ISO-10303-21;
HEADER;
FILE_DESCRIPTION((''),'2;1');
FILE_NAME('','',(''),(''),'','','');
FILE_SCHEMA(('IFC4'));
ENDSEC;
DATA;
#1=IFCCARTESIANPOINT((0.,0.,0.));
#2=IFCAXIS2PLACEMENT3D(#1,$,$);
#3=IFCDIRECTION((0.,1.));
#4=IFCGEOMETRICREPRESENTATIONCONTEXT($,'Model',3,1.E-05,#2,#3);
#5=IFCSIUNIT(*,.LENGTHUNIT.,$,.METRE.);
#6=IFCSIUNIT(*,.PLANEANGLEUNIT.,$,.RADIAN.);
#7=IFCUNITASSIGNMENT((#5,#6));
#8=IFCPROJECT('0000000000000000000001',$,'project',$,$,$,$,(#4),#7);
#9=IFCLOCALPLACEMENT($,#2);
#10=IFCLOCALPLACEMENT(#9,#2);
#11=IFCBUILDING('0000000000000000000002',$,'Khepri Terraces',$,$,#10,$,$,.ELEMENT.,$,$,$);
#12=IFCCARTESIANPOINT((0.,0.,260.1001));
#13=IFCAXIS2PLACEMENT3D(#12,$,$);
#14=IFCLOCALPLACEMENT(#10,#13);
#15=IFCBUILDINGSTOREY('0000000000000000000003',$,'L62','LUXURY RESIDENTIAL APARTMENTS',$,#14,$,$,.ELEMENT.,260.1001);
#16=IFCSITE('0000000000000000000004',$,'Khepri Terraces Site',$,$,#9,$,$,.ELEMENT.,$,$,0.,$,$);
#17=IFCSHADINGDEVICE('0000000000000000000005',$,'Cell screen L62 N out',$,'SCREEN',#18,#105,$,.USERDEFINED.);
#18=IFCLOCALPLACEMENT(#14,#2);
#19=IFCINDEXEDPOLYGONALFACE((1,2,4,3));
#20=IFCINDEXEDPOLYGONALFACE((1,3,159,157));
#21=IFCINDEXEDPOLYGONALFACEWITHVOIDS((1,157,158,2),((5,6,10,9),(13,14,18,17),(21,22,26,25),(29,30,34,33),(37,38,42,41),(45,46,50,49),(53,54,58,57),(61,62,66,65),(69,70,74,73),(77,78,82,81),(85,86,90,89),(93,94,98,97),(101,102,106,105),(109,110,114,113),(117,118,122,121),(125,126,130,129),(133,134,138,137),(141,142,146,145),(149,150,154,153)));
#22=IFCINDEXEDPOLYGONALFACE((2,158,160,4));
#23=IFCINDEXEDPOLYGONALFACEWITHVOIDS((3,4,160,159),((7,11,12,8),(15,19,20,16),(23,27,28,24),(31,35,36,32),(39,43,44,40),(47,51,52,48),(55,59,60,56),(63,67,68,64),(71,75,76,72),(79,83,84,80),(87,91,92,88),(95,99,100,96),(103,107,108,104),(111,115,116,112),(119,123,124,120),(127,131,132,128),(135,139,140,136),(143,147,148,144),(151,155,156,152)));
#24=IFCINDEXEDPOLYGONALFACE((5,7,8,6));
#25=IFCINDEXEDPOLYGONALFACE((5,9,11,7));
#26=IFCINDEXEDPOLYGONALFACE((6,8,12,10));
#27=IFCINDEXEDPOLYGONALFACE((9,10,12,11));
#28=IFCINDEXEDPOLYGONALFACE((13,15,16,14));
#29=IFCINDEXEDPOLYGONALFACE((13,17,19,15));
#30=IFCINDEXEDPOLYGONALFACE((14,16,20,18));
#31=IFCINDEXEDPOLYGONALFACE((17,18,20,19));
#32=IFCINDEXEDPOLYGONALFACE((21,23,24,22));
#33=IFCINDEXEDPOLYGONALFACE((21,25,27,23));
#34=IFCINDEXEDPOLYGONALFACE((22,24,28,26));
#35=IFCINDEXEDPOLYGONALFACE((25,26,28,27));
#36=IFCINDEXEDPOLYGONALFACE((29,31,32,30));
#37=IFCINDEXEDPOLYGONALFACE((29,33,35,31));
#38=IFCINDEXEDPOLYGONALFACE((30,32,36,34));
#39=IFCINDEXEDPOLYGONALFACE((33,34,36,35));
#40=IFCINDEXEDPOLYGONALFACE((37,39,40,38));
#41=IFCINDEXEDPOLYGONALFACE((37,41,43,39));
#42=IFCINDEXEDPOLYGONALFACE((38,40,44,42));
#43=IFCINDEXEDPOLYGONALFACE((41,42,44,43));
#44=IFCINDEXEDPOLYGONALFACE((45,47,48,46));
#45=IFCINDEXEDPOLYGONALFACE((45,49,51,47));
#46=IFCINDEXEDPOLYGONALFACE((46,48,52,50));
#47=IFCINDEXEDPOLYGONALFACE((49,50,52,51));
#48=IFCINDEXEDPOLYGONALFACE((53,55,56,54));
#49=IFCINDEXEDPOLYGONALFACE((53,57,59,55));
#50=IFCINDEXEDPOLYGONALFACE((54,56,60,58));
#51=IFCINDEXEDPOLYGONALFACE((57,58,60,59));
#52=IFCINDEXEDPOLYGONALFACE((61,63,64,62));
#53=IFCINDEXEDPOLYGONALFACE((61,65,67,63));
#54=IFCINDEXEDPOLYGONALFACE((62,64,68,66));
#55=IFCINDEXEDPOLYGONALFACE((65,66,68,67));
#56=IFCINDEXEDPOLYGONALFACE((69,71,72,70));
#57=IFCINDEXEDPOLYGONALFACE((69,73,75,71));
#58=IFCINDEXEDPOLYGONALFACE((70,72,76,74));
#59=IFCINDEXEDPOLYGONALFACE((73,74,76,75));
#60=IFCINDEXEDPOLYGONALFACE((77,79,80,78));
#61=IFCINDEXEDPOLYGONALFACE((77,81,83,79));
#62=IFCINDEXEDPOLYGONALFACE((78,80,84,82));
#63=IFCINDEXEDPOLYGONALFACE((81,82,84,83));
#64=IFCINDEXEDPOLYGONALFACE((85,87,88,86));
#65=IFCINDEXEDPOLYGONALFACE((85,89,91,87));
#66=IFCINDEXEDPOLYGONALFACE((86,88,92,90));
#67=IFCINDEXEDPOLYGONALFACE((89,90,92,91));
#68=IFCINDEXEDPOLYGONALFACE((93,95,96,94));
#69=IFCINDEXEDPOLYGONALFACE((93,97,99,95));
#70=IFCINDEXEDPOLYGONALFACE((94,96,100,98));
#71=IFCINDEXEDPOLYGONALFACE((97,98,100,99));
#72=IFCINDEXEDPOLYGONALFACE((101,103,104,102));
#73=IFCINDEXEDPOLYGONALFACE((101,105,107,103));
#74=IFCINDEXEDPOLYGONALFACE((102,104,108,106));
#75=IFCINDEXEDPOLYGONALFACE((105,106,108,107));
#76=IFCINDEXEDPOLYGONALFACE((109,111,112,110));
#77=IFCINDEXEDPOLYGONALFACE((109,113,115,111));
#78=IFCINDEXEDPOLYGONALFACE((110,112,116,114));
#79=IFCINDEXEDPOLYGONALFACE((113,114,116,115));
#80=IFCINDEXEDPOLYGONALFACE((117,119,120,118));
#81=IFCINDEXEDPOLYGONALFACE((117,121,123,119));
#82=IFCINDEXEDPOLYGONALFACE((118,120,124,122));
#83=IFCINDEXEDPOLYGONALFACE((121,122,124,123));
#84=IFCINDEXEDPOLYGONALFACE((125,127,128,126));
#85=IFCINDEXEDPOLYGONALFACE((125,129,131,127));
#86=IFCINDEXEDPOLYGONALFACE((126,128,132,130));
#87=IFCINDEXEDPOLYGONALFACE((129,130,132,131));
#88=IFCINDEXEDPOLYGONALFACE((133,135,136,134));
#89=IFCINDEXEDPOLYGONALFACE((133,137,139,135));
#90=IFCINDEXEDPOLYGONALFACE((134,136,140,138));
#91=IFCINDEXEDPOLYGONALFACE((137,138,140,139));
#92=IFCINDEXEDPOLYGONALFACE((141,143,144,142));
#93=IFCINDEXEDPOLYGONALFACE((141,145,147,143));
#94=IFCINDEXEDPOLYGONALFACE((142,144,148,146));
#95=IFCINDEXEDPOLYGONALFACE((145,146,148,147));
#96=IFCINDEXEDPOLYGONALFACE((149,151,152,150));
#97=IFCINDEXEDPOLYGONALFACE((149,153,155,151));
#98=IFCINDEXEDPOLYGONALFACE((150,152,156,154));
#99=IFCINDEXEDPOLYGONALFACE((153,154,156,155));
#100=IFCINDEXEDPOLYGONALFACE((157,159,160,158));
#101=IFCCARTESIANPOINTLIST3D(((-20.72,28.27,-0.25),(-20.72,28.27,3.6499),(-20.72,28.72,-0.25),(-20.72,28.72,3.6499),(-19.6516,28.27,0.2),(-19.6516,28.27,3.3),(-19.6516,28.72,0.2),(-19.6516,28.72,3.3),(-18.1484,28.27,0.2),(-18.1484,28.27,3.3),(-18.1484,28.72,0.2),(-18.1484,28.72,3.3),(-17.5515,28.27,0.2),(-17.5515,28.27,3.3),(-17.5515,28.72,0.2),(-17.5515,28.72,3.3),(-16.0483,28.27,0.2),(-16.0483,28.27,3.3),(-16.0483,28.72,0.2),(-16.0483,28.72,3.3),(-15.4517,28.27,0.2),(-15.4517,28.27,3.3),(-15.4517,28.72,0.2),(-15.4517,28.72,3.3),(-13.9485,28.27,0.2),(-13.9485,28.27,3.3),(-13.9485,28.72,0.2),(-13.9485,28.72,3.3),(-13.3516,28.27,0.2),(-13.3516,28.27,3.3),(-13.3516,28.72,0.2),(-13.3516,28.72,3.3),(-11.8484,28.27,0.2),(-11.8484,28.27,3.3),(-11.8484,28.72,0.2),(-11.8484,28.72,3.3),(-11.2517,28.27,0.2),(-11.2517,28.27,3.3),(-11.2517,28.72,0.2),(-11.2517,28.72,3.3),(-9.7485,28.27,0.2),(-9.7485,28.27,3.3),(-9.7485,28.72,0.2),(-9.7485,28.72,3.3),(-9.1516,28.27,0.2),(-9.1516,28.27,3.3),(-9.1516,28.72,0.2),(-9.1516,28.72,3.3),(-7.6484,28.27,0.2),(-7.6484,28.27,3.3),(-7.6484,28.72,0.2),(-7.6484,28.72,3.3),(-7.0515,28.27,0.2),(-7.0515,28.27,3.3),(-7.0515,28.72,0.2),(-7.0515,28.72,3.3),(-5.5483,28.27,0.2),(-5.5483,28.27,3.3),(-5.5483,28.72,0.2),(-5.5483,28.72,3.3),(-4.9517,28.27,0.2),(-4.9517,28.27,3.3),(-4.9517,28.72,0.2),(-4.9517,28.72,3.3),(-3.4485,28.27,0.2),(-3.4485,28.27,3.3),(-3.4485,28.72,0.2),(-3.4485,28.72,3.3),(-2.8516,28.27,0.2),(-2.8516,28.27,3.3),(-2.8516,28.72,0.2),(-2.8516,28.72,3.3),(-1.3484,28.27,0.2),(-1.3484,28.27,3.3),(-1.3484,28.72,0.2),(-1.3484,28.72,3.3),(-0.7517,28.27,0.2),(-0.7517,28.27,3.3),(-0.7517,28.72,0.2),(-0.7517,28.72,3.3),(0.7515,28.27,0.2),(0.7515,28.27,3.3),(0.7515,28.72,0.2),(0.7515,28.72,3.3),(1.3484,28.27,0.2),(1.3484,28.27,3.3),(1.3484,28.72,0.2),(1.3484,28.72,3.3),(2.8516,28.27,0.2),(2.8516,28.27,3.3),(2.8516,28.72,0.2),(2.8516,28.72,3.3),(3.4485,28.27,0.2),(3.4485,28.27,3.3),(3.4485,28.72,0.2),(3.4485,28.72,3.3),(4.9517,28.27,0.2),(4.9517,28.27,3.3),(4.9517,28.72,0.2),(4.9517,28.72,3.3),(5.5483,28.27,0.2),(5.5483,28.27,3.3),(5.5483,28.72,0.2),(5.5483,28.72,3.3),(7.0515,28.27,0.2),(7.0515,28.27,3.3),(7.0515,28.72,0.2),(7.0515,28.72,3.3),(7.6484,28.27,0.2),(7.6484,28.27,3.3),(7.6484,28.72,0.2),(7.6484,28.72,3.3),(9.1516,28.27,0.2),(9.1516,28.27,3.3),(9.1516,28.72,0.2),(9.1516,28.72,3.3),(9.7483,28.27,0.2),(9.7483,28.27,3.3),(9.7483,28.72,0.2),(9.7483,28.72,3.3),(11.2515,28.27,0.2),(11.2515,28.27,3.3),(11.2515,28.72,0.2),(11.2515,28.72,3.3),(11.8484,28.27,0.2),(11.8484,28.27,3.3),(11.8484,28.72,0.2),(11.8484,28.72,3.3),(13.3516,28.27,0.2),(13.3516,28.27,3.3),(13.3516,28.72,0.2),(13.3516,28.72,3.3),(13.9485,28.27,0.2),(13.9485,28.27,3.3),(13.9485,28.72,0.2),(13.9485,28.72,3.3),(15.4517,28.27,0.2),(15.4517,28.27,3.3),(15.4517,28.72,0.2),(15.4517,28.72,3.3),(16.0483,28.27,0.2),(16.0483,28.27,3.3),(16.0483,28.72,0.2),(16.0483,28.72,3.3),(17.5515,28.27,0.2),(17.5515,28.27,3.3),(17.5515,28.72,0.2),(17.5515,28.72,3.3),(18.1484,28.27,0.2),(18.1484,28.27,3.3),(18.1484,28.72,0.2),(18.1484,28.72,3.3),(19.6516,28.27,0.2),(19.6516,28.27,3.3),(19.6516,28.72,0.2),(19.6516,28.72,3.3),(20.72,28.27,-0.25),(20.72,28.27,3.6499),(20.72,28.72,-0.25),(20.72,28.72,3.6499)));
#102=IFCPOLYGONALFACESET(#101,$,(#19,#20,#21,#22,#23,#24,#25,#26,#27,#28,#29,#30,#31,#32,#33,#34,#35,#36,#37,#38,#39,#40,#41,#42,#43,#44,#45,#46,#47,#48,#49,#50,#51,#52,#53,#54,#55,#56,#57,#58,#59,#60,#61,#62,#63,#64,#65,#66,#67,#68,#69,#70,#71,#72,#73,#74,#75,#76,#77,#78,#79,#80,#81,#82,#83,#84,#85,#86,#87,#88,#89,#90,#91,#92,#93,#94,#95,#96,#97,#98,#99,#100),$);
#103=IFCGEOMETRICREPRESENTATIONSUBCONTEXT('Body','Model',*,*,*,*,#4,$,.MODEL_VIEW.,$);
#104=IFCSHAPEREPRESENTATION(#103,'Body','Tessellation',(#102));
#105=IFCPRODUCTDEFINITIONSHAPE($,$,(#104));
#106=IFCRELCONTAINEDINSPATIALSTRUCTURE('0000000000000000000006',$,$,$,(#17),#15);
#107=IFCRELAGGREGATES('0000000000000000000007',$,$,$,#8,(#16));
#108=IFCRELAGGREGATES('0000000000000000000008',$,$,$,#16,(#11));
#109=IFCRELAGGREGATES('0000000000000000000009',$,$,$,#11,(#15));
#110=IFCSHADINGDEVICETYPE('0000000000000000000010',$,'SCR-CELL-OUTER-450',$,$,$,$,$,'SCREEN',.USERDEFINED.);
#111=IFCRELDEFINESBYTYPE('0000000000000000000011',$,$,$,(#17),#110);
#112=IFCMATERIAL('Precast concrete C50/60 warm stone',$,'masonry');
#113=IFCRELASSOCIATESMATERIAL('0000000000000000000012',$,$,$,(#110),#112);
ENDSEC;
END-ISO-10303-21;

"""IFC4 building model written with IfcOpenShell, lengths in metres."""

from ifc_helpers import new_model, si_unit, direction, frame, origin, place, context, subcontext, project, spatial, polyline, outline, extrude, material, type_object, element, save


model = new_model("IFC4")

# Units and contexts
model_context = context("Model", 3, precision=1e-05, world=origin(), true_north=direction((0.0, 1.0)))
body_context = subcontext(model_context, "Body", "Model", "MODEL_VIEW")
ifc_project = project(units=[si_unit("LENGTHUNIT", "METRE"), si_unit("PLANEANGLEUNIT", "RADIAN")], contexts=[model_context])

# Site, building, storey
site_placement = place(None, origin())
site = spatial("IfcSite", under=ifc_project, at=site_placement, Name="Khepri Terraces Site", CompositionType="ELEMENT", RefElevation=0.0)
building_placement = place(site_placement, origin())
building = spatial("IfcBuilding", under=site, at=building_placement, Name="Khepri Terraces", CompositionType="ELEMENT")
storey_placement = place(building_placement, frame((0.0, 0.0, 260.1001)))
storey = spatial("IfcBuildingStorey", under=building, at=storey_placement, Name="L62", Description="LUXURY RESIDENTIAL APARTMENTS", CompositionType="ELEMENT", Elevation=260.1001)

# Shared definitions
ifc_material_1 = material(Name="Precast concrete C50/60 warm stone", Category="masonry")

# Shading device
shading_device_type_1 = type_object("IfcShadingDeviceType", Name="SCR-CELL-OUTER-450", ElementType="SCREEN", PredefinedType="USERDEFINED", material=ifc_material_1)
shading_device_1_placement = place(storey_placement, frame((20.72, 28.27, -0.25), z_axis=(0.0, 1.0, 0.0), x_axis=(-1.0, 0.0, 0.0)))
element("IfcShadingDevice", 1, at=shading_device_1_placement, inside=storey, type_object=shading_device_type_1, Name="Cell screen L62 N out", ObjectType="SCREEN", PredefinedType="USERDEFINED", context=body_context, shape_type="SweptSolid", body=[
    extrude(outline(polyline([(0.0, 0.0), (41.4399, 0.0), (41.4399, 3.8999), (0.0, 3.8999), (0.0, 0.0)]), holes=[polyline([(1.0684, 0.45), (2.5715, 0.45), (2.5715, 3.55), (1.0684, 3.55), (1.0684, 0.45)]), polyline([(3.1685, 0.45), (4.6716, 0.45), (4.6716, 3.55), (3.1685, 3.55), (3.1685, 0.45)]), polyline([(5.2683, 0.45), (6.7715, 0.45), (6.7715, 3.55), (5.2683, 3.55), (5.2683, 0.45)]), polyline([(7.3684, 0.45), (8.8716, 0.45), (8.8716, 3.55), (7.3684, 3.55), (7.3684, 0.45)]), polyline([(9.4685, 0.45), (10.9717, 0.45), (10.9717, 3.55), (9.4685, 3.55), (9.4685, 0.45)]), polyline([(11.5684, 0.45), (13.0715, 0.45), (13.0715, 3.55), (11.5684, 3.55), (11.5684, 0.45)]), polyline([(13.6685, 0.45), (15.1716, 0.45), (15.1716, 3.55), (13.6685, 3.55), (13.6685, 0.45)]), polyline([(15.7683, 0.45), (17.2715, 0.45), (17.2715, 3.55), (15.7683, 3.55), (15.7683, 0.45)]), polyline([(17.8684, 0.45), (19.3716, 0.45), (19.3716, 3.55), (17.8684, 3.55), (17.8684, 0.45)]), polyline([(19.9685, 0.45), (21.4717, 0.45), (21.4717, 3.55), (19.9685, 3.55), (19.9685, 0.45)]), polyline([(22.0684, 0.45), (23.5715, 0.45), (23.5715, 3.55), (22.0684, 3.55), (22.0684, 0.45)]), polyline([(24.1685, 0.45), (25.6716, 0.45), (25.6716, 3.55), (24.1685, 3.55), (24.1685, 0.45)]), polyline([(26.2683, 0.45), (27.7715, 0.45), (27.7715, 3.55), (26.2683, 3.55), (26.2683, 0.45)]), polyline([(28.3684, 0.45), (29.8716, 0.45), (29.8716, 3.55), (28.3684, 3.55), (28.3684, 0.45)]), polyline([(30.4685, 0.45), (31.9717, 0.45), (31.9717, 3.55), (30.4685, 3.55), (30.4685, 0.45)]), polyline([(32.5684, 0.45), (34.0715, 0.45), (34.0715, 3.55), (32.5684, 3.55), (32.5684, 0.45)]), polyline([(34.6685, 0.45), (36.1716, 0.45), (36.1716, 3.55), (34.6685, 3.55), (34.6685, 0.45)]), polyline([(36.7683, 0.45), (38.2715, 0.45), (38.2715, 3.55), (36.7683, 3.55), (36.7683, 0.45)]), polyline([(38.8684, 0.45), (40.3716, 0.45), (40.3716, 3.55), (38.8684, 3.55), (38.8684, 0.45)])]), origin(), (0.0, 0.0, 1.0), 0.45),
])

save(model, "model.ifc")
